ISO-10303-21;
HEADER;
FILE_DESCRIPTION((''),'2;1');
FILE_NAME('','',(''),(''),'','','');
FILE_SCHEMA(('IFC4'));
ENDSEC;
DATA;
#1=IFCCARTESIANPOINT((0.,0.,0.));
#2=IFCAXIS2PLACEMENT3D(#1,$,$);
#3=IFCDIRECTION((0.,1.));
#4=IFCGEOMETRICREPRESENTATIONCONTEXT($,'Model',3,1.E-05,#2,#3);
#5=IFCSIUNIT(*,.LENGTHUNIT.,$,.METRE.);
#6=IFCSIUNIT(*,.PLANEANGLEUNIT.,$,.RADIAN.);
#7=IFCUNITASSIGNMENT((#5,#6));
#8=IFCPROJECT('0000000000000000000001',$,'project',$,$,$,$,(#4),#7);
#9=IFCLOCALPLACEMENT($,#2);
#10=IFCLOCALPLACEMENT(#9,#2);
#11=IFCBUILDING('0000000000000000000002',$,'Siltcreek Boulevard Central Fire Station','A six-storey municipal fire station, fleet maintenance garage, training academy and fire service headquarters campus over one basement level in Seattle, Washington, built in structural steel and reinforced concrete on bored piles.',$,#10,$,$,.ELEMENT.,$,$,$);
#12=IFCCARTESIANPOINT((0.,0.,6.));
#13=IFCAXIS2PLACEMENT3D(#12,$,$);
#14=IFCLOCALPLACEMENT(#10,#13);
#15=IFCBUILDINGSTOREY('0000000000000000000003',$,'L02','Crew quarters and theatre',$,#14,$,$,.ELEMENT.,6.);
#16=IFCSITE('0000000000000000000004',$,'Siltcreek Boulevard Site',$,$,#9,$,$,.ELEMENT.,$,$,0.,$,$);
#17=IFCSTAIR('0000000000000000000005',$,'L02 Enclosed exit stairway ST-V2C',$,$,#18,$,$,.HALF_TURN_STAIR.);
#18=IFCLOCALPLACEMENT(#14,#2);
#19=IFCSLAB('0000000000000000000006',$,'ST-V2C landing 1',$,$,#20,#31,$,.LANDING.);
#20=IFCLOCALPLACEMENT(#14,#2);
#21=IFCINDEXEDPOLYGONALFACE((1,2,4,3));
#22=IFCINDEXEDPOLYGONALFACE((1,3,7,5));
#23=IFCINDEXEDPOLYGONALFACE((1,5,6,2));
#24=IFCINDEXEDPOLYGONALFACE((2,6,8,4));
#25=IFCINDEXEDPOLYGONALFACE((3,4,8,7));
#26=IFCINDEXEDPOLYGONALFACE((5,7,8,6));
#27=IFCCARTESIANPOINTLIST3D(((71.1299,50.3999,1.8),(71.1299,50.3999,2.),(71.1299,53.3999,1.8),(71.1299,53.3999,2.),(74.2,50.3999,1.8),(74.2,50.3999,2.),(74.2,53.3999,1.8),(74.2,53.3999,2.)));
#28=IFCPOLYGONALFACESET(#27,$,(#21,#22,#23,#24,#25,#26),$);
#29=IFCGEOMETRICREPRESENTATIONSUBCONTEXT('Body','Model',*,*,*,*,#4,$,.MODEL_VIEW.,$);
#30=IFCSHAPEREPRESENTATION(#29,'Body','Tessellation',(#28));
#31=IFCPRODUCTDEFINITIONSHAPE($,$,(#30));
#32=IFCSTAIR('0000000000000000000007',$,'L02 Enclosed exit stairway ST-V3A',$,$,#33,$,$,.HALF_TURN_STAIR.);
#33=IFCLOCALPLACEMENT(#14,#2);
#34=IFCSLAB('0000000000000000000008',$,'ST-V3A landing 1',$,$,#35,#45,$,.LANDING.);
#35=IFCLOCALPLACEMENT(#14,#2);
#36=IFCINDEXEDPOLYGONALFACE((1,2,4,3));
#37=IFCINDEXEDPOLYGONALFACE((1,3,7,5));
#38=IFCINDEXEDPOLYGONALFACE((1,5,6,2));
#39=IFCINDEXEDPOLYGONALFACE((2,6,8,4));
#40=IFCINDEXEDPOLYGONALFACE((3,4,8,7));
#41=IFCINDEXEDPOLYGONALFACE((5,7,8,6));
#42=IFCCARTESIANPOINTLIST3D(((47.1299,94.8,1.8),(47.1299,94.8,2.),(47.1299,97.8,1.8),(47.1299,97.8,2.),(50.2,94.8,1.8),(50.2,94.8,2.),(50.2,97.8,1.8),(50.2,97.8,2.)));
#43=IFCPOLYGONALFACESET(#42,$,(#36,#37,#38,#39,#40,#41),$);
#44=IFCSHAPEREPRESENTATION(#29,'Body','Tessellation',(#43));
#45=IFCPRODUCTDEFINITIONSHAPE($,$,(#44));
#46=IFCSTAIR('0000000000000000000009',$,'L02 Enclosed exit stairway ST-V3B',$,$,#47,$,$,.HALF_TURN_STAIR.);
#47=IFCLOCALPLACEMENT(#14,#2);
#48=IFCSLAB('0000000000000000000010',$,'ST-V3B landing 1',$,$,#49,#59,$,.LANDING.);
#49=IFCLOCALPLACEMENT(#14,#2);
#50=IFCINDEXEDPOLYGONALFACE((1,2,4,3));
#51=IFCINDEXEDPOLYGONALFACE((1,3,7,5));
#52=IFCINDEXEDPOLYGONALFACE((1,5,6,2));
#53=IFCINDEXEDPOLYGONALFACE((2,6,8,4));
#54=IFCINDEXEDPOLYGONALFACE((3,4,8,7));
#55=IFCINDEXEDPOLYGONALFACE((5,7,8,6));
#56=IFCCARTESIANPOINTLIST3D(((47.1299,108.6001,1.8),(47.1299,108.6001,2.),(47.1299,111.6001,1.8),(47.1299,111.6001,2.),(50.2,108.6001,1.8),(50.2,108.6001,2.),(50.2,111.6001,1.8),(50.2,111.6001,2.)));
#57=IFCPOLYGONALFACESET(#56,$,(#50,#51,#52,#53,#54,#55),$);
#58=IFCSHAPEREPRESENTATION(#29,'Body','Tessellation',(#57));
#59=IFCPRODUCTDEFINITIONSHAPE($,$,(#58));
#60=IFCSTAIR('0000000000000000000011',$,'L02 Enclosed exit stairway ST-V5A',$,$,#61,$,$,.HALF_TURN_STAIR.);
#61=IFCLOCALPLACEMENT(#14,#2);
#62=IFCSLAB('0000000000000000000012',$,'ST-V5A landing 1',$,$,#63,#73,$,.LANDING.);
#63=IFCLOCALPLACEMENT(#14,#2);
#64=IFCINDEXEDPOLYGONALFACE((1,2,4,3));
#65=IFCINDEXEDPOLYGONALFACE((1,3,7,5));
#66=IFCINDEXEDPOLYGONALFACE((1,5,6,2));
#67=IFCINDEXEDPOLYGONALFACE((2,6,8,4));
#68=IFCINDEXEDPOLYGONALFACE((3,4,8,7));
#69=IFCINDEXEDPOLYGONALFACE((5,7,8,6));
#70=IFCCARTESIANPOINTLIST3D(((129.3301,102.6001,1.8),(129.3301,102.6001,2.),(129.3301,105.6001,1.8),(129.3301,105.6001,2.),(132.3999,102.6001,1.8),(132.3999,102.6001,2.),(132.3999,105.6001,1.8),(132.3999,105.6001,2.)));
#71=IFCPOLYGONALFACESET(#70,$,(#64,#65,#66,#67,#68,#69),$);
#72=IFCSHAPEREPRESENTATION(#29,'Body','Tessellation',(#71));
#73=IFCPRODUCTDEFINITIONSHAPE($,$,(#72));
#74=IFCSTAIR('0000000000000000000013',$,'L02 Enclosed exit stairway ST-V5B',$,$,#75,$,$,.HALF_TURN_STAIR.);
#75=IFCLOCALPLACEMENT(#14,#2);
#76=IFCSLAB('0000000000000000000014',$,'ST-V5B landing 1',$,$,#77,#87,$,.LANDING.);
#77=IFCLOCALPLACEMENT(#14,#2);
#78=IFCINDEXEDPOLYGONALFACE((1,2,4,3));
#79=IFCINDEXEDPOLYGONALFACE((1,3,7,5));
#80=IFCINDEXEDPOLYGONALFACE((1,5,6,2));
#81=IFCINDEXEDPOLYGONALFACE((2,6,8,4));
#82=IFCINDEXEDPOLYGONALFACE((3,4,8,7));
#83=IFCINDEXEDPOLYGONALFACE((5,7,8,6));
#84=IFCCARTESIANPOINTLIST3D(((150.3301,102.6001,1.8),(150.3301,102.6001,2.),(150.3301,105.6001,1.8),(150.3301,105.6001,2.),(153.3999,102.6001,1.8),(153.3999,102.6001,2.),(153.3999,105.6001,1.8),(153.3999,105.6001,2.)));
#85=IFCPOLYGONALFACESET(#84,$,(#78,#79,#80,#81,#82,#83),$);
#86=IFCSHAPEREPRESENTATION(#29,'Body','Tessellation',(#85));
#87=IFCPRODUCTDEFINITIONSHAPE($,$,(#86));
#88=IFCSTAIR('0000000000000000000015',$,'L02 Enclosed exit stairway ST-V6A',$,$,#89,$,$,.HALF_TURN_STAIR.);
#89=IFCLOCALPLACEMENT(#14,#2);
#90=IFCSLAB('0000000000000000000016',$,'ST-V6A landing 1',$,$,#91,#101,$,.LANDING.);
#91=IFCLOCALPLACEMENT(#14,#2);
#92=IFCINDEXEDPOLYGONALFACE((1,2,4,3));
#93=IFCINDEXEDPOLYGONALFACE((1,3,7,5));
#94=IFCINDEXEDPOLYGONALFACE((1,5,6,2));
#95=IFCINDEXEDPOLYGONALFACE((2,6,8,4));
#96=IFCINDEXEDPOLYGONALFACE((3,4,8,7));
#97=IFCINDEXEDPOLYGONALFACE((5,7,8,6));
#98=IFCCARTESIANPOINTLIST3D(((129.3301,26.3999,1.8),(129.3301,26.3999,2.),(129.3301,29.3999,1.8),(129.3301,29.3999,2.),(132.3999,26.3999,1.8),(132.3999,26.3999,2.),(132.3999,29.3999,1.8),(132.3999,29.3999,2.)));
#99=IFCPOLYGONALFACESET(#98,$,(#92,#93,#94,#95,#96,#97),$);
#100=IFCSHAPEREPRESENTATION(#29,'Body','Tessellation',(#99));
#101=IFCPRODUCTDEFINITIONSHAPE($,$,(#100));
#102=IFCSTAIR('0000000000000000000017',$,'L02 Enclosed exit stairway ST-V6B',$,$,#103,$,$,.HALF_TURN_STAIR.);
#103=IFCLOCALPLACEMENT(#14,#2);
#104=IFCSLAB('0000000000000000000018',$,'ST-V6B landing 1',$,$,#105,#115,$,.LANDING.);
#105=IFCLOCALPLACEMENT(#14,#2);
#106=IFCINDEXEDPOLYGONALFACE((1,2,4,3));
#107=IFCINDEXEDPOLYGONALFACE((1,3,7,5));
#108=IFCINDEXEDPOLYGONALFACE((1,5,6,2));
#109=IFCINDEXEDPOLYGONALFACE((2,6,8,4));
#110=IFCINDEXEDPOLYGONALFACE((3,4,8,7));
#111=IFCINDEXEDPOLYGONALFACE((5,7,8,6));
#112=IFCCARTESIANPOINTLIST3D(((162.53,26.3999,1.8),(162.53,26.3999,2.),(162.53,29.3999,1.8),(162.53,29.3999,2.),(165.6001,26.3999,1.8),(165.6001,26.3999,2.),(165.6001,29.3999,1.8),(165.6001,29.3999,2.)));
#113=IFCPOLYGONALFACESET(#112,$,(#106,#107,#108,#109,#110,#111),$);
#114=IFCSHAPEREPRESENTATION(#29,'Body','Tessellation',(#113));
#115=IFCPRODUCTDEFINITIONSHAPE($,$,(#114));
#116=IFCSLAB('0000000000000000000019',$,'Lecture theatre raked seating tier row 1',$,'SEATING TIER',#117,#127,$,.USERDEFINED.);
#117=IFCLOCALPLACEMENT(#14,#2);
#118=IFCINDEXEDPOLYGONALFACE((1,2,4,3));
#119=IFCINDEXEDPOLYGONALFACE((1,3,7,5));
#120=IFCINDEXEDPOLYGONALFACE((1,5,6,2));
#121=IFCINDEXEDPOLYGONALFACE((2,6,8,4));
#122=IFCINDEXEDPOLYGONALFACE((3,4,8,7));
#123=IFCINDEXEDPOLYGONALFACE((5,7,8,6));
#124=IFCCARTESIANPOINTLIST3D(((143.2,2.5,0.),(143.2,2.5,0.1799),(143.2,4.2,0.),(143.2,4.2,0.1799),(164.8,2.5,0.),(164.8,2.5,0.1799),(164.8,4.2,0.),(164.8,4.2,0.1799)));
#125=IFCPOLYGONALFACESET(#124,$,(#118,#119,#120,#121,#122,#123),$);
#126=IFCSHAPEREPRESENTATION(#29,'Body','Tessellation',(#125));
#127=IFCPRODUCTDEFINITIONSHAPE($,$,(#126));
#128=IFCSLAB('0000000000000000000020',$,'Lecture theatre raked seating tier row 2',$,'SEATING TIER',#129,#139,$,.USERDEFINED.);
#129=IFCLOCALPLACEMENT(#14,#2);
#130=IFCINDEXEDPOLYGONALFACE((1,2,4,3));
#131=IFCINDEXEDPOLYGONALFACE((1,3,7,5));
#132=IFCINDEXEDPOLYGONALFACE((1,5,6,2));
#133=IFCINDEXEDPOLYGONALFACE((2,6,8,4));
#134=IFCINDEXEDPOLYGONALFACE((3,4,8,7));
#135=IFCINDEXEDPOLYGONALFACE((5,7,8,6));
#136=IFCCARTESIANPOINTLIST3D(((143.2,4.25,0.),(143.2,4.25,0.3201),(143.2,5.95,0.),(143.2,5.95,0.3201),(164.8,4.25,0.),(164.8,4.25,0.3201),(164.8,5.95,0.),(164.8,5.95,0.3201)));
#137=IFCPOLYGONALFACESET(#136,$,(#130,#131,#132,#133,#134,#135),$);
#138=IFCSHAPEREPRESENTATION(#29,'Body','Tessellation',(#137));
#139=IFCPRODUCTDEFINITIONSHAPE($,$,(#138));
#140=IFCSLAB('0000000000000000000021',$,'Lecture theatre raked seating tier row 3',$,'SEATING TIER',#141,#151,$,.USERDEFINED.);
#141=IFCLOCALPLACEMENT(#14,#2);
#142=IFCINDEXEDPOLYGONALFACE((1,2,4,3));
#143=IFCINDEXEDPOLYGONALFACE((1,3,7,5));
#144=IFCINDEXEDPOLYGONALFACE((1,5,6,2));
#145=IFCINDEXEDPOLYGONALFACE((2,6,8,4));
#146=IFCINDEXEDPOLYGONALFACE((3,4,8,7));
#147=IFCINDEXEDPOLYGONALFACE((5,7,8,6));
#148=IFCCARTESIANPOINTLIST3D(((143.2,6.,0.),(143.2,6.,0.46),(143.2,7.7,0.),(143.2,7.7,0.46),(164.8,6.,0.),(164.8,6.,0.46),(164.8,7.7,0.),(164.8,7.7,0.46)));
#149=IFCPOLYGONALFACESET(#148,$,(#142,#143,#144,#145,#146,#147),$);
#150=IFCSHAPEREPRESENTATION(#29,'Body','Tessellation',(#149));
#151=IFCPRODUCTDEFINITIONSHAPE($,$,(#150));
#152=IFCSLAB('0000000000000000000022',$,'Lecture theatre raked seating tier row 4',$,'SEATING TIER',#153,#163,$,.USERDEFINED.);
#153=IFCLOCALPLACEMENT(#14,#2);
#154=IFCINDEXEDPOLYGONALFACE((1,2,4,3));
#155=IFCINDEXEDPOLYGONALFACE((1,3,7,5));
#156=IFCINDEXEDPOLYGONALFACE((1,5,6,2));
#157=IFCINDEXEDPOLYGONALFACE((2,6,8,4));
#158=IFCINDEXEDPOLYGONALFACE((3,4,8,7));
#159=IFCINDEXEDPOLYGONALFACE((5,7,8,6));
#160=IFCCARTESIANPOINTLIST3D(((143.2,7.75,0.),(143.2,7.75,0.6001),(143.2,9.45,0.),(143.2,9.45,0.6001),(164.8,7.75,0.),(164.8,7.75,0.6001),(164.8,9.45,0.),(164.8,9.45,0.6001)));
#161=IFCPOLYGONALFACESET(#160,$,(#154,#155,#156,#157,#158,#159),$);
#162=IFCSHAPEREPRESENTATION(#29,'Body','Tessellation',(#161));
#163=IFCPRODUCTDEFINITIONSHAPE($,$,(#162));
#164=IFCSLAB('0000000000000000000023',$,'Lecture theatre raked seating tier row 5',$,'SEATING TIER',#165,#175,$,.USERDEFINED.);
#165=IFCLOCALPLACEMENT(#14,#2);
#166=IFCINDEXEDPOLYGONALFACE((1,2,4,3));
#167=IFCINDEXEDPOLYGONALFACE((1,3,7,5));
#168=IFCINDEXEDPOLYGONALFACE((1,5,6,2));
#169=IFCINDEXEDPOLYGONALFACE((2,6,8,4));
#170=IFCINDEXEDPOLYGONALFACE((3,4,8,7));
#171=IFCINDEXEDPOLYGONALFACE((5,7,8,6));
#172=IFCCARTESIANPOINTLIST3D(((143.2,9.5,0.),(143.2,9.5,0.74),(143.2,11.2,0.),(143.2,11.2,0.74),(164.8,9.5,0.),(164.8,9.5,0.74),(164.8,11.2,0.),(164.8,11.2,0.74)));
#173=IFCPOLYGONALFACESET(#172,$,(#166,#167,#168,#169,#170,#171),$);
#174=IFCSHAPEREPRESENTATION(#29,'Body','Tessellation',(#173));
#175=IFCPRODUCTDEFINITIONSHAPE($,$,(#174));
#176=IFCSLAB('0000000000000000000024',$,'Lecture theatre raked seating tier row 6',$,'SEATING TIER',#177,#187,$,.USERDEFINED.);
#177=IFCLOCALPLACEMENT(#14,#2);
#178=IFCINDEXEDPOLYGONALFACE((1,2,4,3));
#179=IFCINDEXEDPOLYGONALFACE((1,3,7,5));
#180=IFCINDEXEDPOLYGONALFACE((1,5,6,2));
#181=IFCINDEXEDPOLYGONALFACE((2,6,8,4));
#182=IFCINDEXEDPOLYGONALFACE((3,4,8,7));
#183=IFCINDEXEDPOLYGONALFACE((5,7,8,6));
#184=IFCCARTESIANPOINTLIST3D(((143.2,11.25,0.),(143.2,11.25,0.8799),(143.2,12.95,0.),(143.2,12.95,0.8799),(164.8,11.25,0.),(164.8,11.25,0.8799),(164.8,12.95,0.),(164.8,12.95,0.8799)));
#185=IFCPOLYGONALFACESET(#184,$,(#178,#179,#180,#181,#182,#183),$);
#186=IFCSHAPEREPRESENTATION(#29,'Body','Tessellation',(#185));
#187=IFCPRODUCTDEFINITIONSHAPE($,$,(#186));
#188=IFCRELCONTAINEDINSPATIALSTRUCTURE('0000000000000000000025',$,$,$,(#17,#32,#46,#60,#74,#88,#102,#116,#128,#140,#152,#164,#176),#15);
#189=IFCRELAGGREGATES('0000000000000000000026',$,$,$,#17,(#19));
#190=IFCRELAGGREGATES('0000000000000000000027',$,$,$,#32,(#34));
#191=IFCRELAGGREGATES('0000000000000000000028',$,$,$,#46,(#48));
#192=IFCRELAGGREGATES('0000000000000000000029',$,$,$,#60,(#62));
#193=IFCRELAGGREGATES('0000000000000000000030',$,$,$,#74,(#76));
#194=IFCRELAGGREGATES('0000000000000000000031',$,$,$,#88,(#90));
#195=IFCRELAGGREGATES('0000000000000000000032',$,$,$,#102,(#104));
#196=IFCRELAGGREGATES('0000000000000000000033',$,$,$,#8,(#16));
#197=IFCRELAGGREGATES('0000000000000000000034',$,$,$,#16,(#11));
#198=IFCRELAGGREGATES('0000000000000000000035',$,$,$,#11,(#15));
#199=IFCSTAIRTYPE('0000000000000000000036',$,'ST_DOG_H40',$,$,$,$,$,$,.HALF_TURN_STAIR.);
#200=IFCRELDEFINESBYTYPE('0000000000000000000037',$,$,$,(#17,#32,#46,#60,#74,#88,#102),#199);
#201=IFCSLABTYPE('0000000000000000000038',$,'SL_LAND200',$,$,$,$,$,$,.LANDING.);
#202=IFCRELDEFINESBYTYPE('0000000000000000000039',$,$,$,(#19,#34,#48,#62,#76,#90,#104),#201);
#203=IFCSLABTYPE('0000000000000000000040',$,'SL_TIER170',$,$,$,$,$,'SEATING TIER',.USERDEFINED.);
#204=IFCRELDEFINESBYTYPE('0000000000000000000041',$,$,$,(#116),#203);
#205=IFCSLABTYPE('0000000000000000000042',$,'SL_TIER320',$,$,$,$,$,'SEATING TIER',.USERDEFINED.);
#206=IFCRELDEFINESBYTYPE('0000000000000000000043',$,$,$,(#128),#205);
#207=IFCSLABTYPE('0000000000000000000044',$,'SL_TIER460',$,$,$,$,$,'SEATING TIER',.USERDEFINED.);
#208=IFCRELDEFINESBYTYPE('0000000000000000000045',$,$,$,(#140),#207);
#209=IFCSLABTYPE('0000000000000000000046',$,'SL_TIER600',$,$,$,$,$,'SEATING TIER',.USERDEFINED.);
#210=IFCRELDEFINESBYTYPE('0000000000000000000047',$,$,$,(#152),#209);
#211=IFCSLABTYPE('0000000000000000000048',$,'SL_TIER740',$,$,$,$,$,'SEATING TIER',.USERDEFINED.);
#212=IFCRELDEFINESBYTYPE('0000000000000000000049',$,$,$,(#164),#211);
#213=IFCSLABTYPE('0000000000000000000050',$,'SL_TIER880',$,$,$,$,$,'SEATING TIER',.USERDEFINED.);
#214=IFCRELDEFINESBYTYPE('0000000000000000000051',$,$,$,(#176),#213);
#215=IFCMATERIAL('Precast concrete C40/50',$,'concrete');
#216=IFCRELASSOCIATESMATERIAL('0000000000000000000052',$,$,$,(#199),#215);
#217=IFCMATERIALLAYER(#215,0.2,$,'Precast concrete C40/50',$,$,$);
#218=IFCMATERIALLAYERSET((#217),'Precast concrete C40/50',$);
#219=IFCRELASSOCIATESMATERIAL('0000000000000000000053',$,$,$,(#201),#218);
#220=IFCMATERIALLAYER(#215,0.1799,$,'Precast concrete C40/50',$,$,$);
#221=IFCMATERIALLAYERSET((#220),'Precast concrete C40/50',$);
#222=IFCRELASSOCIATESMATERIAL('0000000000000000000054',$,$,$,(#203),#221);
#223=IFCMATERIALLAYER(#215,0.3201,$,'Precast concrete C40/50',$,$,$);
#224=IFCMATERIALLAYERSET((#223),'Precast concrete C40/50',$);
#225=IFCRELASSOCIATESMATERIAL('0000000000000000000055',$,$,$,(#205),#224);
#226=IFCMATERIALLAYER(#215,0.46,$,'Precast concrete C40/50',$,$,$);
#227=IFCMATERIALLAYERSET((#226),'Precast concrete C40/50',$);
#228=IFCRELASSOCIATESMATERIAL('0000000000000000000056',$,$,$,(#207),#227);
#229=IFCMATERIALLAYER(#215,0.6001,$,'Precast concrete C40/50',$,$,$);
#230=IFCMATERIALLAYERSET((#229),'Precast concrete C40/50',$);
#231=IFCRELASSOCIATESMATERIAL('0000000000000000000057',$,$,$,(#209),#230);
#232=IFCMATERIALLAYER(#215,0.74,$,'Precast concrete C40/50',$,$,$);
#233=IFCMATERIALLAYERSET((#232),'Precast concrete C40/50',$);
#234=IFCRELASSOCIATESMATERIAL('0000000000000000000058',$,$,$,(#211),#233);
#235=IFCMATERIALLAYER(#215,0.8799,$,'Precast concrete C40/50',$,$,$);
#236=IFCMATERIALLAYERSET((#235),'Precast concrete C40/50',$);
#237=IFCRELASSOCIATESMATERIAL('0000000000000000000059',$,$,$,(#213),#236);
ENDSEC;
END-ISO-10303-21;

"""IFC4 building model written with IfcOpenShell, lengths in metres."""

from ifc_helpers import new_model, si_unit, direction, frame, origin, place, context, subcontext, project, spatial, polyline, outline, extrude, material, layer, layer_set, type_object, element, aggregate, save


model = new_model("IFC4")

# Units and contexts
model_context = context("Model", 3, precision=1e-05, world=origin(), true_north=direction((0.0, 1.0)))
body_context = subcontext(model_context, "Body", "Model", "MODEL_VIEW")
ifc_project = project(units=[si_unit("LENGTHUNIT", "METRE"), si_unit("PLANEANGLEUNIT", "RADIAN")], contexts=[model_context])

# Site, building, storey
site_placement = place(None, origin())
site = spatial("IfcSite", under=ifc_project, at=site_placement, Name="Siltcreek Boulevard Site", CompositionType="ELEMENT", RefElevation=0.0)
building_placement = place(site_placement, origin())
building = spatial("IfcBuilding", under=site, at=building_placement, Name="Siltcreek Boulevard Central Fire Station", Description="A six-storey municipal fire station, fleet maintenance garage, training academy and fire service headquarters campus over one basement level in Seattle, Washington, built in structural steel and reinforced concrete on bored piles.", CompositionType="ELEMENT")
storey_placement = place(building_placement, frame((0.0, 0.0, 6.0)))
storey = spatial("IfcBuildingStorey", under=building, at=storey_placement, Name="L02", Description="Crew quarters and theatre", CompositionType="ELEMENT", Elevation=6.0)

# Stairs, slabs
ifc_material_1 = material(Name="Precast concrete C40/50", Category="concrete")
stair_type = type_object("IfcStairType", Name="ST_DOG_H40", PredefinedType="HALF_TURN_STAIR", material=ifc_material_1)
ifc_layer_1 = layer(ifc_material_1, 0.2, Name="Precast concrete C40/50")
ifc_layer_set_1 = layer_set([ifc_layer_1], Name="Precast concrete C40/50")
slab_type_1 = type_object("IfcSlabType", Name="SL_LAND200", PredefinedType="LANDING", material=ifc_layer_set_1)
stair_1_placement = place(storey_placement, origin())
stair_1 = element("IfcStair", 1, at=stair_1_placement, inside=storey, type_object=stair_type, Name="L02 Enclosed exit stairway ST-V2C", PredefinedType="HALF_TURN_STAIR")
slab_1_placement = place(storey_placement, frame((0.0, 0.0, 1.8)))
slab_1 = element("IfcSlab", 2, at=slab_1_placement, type_object=slab_type_1, Name="ST-V2C landing 1", PredefinedType="LANDING", context=body_context, shape_type="SweptSolid", body=[
    extrude(outline(polyline([(71.1299, 50.3999), (74.2, 50.3999), (74.2, 53.3999), (71.1299, 53.3999), (71.1299, 50.3999)])), origin(), (0.0, 0.0, 1.0), 0.2),
])
aggregate(stair_1, [slab_1])
stair_2_placement = place(storey_placement, origin())
stair_2 = element("IfcStair", 3, at=stair_2_placement, inside=storey, type_object=stair_type, Name="L02 Enclosed exit stairway ST-V3A", PredefinedType="HALF_TURN_STAIR")
slab_2_placement = place(storey_placement, frame((0.0, 0.0, 1.8)))
slab_2 = element("IfcSlab", 4, at=slab_2_placement, type_object=slab_type_1, Name="ST-V3A landing 1", PredefinedType="LANDING", context=body_context, shape_type="SweptSolid", body=[
    extrude(outline(polyline([(47.1299, 94.8), (50.2, 94.8), (50.2, 97.8), (47.1299, 97.8), (47.1299, 94.8)])), origin(), (0.0, 0.0, 1.0), 0.2),
])
aggregate(stair_2, [slab_2])
stair_3_placement = place(storey_placement, origin())
stair_3 = element("IfcStair", 5, at=stair_3_placement, inside=storey, type_object=stair_type, Name="L02 Enclosed exit stairway ST-V3B", PredefinedType="HALF_TURN_STAIR")
slab_3_placement = place(storey_placement, frame((0.0, 0.0, 1.8)))
slab_3 = element("IfcSlab", 6, at=slab_3_placement, type_object=slab_type_1, Name="ST-V3B landing 1", PredefinedType="LANDING", context=body_context, shape_type="SweptSolid", body=[
    extrude(outline(polyline([(47.1299, 108.6001), (50.2, 108.6001), (50.2, 111.6001), (47.1299, 111.6001), (47.1299, 108.6001)])), origin(), (0.0, 0.0, 1.0), 0.2),
])
aggregate(stair_3, [slab_3])
stair_4_placement = place(storey_placement, origin())
stair_4 = element("IfcStair", 7, at=stair_4_placement, inside=storey, type_object=stair_type, Name="L02 Enclosed exit stairway ST-V5A", PredefinedType="HALF_TURN_STAIR")
slab_4_placement = place(storey_placement, frame((0.0, 0.0, 1.8)))
slab_4 = element("IfcSlab", 8, at=slab_4_placement, type_object=slab_type_1, Name="ST-V5A landing 1", PredefinedType="LANDING", context=body_context, shape_type="SweptSolid", body=[
    extrude(outline(polyline([(129.3301, 102.6001), (132.3999, 102.6001), (132.3999, 105.6001), (129.3301, 105.6001), (129.3301, 102.6001)])), origin(), (0.0, 0.0, 1.0), 0.2),
])
aggregate(stair_4, [slab_4])
stair_5_placement = place(storey_placement, origin())
stair_5 = element("IfcStair", 9, at=stair_5_placement, inside=storey, type_object=stair_type, Name="L02 Enclosed exit stairway ST-V5B", PredefinedType="HALF_TURN_STAIR")
slab_5_placement = place(storey_placement, frame((0.0, 0.0, 1.8)))
slab_5 = element("IfcSlab", 10, at=slab_5_placement, type_object=slab_type_1, Name="ST-V5B landing 1", PredefinedType="LANDING", context=body_context, shape_type="SweptSolid", body=[
    extrude(outline(polyline([(150.3301, 102.6001), (153.3999, 102.6001), (153.3999, 105.6001), (150.3301, 105.6001), (150.3301, 102.6001)])), origin(), (0.0, 0.0, 1.0), 0.2),
])
aggregate(stair_5, [slab_5])
stair_6_placement = place(storey_placement, origin())
stair_6 = element("IfcStair", 11, at=stair_6_placement, inside=storey, type_object=stair_type, Name="L02 Enclosed exit stairway ST-V6A", PredefinedType="HALF_TURN_STAIR")
slab_6_placement = place(storey_placement, frame((0.0, 0.0, 1.8)))
slab_6 = element("IfcSlab", 12, at=slab_6_placement, type_object=slab_type_1, Name="ST-V6A landing 1", PredefinedType="LANDING", context=body_context, shape_type="SweptSolid", body=[
    extrude(outline(polyline([(129.3301, 26.3999), (132.3999, 26.3999), (132.3999, 29.3999), (129.3301, 29.3999), (129.3301, 26.3999)])), origin(), (0.0, 0.0, 1.0), 0.2),
])
aggregate(stair_6, [slab_6])
stair_7_placement = place(storey_placement, origin())
stair_7 = element("IfcStair", 13, at=stair_7_placement, inside=storey, type_object=stair_type, Name="L02 Enclosed exit stairway ST-V6B", PredefinedType="HALF_TURN_STAIR")
slab_7_placement = place(storey_placement, frame((0.0, 0.0, 1.8)))
slab_7 = element("IfcSlab", 14, at=slab_7_placement, type_object=slab_type_1, Name="ST-V6B landing 1", PredefinedType="LANDING", context=body_context, shape_type="SweptSolid", body=[
    extrude(outline(polyline([(162.53, 26.3999), (165.6001, 26.3999), (165.6001, 29.3999), (162.53, 29.3999), (162.53, 26.3999)])), origin(), (0.0, 0.0, 1.0), 0.2),
])
aggregate(stair_7, [slab_7])

# Slabs
ifc_layer_2 = layer(ifc_material_1, 0.1799, Name="Precast concrete C40/50")
ifc_layer_set_2 = layer_set([ifc_layer_2], Name="Precast concrete C40/50")
slab_type_2 = type_object("IfcSlabType", Name="SL_TIER170", ElementType="SEATING TIER", PredefinedType="USERDEFINED", material=ifc_layer_set_2)
slab_8_placement = place(storey_placement, origin())
element("IfcSlab", 15, at=slab_8_placement, inside=storey, type_object=slab_type_2, Name="Lecture theatre raked seating tier row 1", ObjectType="SEATING TIER", PredefinedType="USERDEFINED", context=body_context, shape_type="SweptSolid", body=[
    extrude(outline(polyline([(143.2, 2.5), (164.8, 2.5), (164.8, 4.2), (143.2, 4.2), (143.2, 2.5)])), origin(), (0.0, 0.0, 1.0), 0.1799),
])
ifc_layer_3 = layer(ifc_material_1, 0.3201, Name="Precast concrete C40/50")
ifc_layer_set_3 = layer_set([ifc_layer_3], Name="Precast concrete C40/50")
slab_type_3 = type_object("IfcSlabType", Name="SL_TIER320", ElementType="SEATING TIER", PredefinedType="USERDEFINED", material=ifc_layer_set_3)
slab_9_placement = place(storey_placement, origin())
element("IfcSlab", 16, at=slab_9_placement, inside=storey, type_object=slab_type_3, Name="Lecture theatre raked seating tier row 2", ObjectType="SEATING TIER", PredefinedType="USERDEFINED", context=body_context, shape_type="SweptSolid", body=[
    extrude(outline(polyline([(143.2, 4.25), (164.8, 4.25), (164.8, 5.95), (143.2, 5.95), (143.2, 4.25)])), origin(), (0.0, 0.0, 1.0), 0.3201),
])
ifc_layer_4 = layer(ifc_material_1, 0.46, Name="Precast concrete C40/50")
ifc_layer_set_4 = layer_set([ifc_layer_4], Name="Precast concrete C40/50")
slab_type_4 = type_object("IfcSlabType", Name="SL_TIER460", ElementType="SEATING TIER", PredefinedType="USERDEFINED", material=ifc_layer_set_4)
slab_10_placement = place(storey_placement, origin())
element("IfcSlab", 17, at=slab_10_placement, inside=storey, type_object=slab_type_4, Name="Lecture theatre raked seating tier row 3", ObjectType="SEATING TIER", PredefinedType="USERDEFINED", context=body_context, shape_type="SweptSolid", body=[
    extrude(outline(polyline([(143.2, 6.0), (164.8, 6.0), (164.8, 7.7), (143.2, 7.7), (143.2, 6.0)])), origin(), (0.0, 0.0, 1.0), 0.46),
])
ifc_layer_5 = layer(ifc_material_1, 0.6001, Name="Precast concrete C40/50")
ifc_layer_set_5 = layer_set([ifc_layer_5], Name="Precast concrete C40/50")
slab_type_5 = type_object("IfcSlabType", Name="SL_TIER600", ElementType="SEATING TIER", PredefinedType="USERDEFINED", material=ifc_layer_set_5)
slab_11_placement = place(storey_placement, origin())
element("IfcSlab", 18, at=slab_11_placement, inside=storey, type_object=slab_type_5, Name="Lecture theatre raked seating tier row 4", ObjectType="SEATING TIER", PredefinedType="USERDEFINED", context=body_context, shape_type="SweptSolid", body=[
    extrude(outline(polyline([(143.2, 7.75), (164.8, 7.75), (164.8, 9.45), (143.2, 9.45), (143.2, 7.75)])), origin(), (0.0, 0.0, 1.0), 0.6001),
])
ifc_layer_6 = layer(ifc_material_1, 0.74, Name="Precast concrete C40/50")
ifc_layer_set_6 = layer_set([ifc_layer_6], Name="Precast concrete C40/50")
slab_type_6 = type_object("IfcSlabType", Name="SL_TIER740", ElementType="SEATING TIER", PredefinedType="USERDEFINED", material=ifc_layer_set_6)
slab_12_placement = place(storey_placement, origin())
element("IfcSlab", 19, at=slab_12_placement, inside=storey, type_object=slab_type_6, Name="Lecture theatre raked seating tier row 5", ObjectType="SEATING TIER", PredefinedType="USERDEFINED", context=body_context, shape_type="SweptSolid", body=[
    extrude(outline(polyline([(143.2, 9.5), (164.8, 9.5), (164.8, 11.2), (143.2, 11.2), (143.2, 9.5)])), origin(), (0.0, 0.0, 1.0), 0.74),
])
ifc_layer_7 = layer(ifc_material_1, 0.8799, Name="Precast concrete C40/50")
ifc_layer_set_7 = layer_set([ifc_layer_7], Name="Precast concrete C40/50")
slab_type_7 = type_object("IfcSlabType", Name="SL_TIER880", ElementType="SEATING TIER", PredefinedType="USERDEFINED", material=ifc_layer_set_7)
slab_13_placement = place(storey_placement, origin())
element("IfcSlab", 20, at=slab_13_placement, inside=storey, type_object=slab_type_7, Name="Lecture theatre raked seating tier row 6", ObjectType="SEATING TIER", PredefinedType="USERDEFINED", context=body_context, shape_type="SweptSolid", body=[
    extrude(outline(polyline([(143.2, 11.25), (164.8, 11.25), (164.8, 12.95), (143.2, 12.95), (143.2, 11.25)])), origin(), (0.0, 0.0, 1.0), 0.8799),
])

save(model, "model.ifc")
